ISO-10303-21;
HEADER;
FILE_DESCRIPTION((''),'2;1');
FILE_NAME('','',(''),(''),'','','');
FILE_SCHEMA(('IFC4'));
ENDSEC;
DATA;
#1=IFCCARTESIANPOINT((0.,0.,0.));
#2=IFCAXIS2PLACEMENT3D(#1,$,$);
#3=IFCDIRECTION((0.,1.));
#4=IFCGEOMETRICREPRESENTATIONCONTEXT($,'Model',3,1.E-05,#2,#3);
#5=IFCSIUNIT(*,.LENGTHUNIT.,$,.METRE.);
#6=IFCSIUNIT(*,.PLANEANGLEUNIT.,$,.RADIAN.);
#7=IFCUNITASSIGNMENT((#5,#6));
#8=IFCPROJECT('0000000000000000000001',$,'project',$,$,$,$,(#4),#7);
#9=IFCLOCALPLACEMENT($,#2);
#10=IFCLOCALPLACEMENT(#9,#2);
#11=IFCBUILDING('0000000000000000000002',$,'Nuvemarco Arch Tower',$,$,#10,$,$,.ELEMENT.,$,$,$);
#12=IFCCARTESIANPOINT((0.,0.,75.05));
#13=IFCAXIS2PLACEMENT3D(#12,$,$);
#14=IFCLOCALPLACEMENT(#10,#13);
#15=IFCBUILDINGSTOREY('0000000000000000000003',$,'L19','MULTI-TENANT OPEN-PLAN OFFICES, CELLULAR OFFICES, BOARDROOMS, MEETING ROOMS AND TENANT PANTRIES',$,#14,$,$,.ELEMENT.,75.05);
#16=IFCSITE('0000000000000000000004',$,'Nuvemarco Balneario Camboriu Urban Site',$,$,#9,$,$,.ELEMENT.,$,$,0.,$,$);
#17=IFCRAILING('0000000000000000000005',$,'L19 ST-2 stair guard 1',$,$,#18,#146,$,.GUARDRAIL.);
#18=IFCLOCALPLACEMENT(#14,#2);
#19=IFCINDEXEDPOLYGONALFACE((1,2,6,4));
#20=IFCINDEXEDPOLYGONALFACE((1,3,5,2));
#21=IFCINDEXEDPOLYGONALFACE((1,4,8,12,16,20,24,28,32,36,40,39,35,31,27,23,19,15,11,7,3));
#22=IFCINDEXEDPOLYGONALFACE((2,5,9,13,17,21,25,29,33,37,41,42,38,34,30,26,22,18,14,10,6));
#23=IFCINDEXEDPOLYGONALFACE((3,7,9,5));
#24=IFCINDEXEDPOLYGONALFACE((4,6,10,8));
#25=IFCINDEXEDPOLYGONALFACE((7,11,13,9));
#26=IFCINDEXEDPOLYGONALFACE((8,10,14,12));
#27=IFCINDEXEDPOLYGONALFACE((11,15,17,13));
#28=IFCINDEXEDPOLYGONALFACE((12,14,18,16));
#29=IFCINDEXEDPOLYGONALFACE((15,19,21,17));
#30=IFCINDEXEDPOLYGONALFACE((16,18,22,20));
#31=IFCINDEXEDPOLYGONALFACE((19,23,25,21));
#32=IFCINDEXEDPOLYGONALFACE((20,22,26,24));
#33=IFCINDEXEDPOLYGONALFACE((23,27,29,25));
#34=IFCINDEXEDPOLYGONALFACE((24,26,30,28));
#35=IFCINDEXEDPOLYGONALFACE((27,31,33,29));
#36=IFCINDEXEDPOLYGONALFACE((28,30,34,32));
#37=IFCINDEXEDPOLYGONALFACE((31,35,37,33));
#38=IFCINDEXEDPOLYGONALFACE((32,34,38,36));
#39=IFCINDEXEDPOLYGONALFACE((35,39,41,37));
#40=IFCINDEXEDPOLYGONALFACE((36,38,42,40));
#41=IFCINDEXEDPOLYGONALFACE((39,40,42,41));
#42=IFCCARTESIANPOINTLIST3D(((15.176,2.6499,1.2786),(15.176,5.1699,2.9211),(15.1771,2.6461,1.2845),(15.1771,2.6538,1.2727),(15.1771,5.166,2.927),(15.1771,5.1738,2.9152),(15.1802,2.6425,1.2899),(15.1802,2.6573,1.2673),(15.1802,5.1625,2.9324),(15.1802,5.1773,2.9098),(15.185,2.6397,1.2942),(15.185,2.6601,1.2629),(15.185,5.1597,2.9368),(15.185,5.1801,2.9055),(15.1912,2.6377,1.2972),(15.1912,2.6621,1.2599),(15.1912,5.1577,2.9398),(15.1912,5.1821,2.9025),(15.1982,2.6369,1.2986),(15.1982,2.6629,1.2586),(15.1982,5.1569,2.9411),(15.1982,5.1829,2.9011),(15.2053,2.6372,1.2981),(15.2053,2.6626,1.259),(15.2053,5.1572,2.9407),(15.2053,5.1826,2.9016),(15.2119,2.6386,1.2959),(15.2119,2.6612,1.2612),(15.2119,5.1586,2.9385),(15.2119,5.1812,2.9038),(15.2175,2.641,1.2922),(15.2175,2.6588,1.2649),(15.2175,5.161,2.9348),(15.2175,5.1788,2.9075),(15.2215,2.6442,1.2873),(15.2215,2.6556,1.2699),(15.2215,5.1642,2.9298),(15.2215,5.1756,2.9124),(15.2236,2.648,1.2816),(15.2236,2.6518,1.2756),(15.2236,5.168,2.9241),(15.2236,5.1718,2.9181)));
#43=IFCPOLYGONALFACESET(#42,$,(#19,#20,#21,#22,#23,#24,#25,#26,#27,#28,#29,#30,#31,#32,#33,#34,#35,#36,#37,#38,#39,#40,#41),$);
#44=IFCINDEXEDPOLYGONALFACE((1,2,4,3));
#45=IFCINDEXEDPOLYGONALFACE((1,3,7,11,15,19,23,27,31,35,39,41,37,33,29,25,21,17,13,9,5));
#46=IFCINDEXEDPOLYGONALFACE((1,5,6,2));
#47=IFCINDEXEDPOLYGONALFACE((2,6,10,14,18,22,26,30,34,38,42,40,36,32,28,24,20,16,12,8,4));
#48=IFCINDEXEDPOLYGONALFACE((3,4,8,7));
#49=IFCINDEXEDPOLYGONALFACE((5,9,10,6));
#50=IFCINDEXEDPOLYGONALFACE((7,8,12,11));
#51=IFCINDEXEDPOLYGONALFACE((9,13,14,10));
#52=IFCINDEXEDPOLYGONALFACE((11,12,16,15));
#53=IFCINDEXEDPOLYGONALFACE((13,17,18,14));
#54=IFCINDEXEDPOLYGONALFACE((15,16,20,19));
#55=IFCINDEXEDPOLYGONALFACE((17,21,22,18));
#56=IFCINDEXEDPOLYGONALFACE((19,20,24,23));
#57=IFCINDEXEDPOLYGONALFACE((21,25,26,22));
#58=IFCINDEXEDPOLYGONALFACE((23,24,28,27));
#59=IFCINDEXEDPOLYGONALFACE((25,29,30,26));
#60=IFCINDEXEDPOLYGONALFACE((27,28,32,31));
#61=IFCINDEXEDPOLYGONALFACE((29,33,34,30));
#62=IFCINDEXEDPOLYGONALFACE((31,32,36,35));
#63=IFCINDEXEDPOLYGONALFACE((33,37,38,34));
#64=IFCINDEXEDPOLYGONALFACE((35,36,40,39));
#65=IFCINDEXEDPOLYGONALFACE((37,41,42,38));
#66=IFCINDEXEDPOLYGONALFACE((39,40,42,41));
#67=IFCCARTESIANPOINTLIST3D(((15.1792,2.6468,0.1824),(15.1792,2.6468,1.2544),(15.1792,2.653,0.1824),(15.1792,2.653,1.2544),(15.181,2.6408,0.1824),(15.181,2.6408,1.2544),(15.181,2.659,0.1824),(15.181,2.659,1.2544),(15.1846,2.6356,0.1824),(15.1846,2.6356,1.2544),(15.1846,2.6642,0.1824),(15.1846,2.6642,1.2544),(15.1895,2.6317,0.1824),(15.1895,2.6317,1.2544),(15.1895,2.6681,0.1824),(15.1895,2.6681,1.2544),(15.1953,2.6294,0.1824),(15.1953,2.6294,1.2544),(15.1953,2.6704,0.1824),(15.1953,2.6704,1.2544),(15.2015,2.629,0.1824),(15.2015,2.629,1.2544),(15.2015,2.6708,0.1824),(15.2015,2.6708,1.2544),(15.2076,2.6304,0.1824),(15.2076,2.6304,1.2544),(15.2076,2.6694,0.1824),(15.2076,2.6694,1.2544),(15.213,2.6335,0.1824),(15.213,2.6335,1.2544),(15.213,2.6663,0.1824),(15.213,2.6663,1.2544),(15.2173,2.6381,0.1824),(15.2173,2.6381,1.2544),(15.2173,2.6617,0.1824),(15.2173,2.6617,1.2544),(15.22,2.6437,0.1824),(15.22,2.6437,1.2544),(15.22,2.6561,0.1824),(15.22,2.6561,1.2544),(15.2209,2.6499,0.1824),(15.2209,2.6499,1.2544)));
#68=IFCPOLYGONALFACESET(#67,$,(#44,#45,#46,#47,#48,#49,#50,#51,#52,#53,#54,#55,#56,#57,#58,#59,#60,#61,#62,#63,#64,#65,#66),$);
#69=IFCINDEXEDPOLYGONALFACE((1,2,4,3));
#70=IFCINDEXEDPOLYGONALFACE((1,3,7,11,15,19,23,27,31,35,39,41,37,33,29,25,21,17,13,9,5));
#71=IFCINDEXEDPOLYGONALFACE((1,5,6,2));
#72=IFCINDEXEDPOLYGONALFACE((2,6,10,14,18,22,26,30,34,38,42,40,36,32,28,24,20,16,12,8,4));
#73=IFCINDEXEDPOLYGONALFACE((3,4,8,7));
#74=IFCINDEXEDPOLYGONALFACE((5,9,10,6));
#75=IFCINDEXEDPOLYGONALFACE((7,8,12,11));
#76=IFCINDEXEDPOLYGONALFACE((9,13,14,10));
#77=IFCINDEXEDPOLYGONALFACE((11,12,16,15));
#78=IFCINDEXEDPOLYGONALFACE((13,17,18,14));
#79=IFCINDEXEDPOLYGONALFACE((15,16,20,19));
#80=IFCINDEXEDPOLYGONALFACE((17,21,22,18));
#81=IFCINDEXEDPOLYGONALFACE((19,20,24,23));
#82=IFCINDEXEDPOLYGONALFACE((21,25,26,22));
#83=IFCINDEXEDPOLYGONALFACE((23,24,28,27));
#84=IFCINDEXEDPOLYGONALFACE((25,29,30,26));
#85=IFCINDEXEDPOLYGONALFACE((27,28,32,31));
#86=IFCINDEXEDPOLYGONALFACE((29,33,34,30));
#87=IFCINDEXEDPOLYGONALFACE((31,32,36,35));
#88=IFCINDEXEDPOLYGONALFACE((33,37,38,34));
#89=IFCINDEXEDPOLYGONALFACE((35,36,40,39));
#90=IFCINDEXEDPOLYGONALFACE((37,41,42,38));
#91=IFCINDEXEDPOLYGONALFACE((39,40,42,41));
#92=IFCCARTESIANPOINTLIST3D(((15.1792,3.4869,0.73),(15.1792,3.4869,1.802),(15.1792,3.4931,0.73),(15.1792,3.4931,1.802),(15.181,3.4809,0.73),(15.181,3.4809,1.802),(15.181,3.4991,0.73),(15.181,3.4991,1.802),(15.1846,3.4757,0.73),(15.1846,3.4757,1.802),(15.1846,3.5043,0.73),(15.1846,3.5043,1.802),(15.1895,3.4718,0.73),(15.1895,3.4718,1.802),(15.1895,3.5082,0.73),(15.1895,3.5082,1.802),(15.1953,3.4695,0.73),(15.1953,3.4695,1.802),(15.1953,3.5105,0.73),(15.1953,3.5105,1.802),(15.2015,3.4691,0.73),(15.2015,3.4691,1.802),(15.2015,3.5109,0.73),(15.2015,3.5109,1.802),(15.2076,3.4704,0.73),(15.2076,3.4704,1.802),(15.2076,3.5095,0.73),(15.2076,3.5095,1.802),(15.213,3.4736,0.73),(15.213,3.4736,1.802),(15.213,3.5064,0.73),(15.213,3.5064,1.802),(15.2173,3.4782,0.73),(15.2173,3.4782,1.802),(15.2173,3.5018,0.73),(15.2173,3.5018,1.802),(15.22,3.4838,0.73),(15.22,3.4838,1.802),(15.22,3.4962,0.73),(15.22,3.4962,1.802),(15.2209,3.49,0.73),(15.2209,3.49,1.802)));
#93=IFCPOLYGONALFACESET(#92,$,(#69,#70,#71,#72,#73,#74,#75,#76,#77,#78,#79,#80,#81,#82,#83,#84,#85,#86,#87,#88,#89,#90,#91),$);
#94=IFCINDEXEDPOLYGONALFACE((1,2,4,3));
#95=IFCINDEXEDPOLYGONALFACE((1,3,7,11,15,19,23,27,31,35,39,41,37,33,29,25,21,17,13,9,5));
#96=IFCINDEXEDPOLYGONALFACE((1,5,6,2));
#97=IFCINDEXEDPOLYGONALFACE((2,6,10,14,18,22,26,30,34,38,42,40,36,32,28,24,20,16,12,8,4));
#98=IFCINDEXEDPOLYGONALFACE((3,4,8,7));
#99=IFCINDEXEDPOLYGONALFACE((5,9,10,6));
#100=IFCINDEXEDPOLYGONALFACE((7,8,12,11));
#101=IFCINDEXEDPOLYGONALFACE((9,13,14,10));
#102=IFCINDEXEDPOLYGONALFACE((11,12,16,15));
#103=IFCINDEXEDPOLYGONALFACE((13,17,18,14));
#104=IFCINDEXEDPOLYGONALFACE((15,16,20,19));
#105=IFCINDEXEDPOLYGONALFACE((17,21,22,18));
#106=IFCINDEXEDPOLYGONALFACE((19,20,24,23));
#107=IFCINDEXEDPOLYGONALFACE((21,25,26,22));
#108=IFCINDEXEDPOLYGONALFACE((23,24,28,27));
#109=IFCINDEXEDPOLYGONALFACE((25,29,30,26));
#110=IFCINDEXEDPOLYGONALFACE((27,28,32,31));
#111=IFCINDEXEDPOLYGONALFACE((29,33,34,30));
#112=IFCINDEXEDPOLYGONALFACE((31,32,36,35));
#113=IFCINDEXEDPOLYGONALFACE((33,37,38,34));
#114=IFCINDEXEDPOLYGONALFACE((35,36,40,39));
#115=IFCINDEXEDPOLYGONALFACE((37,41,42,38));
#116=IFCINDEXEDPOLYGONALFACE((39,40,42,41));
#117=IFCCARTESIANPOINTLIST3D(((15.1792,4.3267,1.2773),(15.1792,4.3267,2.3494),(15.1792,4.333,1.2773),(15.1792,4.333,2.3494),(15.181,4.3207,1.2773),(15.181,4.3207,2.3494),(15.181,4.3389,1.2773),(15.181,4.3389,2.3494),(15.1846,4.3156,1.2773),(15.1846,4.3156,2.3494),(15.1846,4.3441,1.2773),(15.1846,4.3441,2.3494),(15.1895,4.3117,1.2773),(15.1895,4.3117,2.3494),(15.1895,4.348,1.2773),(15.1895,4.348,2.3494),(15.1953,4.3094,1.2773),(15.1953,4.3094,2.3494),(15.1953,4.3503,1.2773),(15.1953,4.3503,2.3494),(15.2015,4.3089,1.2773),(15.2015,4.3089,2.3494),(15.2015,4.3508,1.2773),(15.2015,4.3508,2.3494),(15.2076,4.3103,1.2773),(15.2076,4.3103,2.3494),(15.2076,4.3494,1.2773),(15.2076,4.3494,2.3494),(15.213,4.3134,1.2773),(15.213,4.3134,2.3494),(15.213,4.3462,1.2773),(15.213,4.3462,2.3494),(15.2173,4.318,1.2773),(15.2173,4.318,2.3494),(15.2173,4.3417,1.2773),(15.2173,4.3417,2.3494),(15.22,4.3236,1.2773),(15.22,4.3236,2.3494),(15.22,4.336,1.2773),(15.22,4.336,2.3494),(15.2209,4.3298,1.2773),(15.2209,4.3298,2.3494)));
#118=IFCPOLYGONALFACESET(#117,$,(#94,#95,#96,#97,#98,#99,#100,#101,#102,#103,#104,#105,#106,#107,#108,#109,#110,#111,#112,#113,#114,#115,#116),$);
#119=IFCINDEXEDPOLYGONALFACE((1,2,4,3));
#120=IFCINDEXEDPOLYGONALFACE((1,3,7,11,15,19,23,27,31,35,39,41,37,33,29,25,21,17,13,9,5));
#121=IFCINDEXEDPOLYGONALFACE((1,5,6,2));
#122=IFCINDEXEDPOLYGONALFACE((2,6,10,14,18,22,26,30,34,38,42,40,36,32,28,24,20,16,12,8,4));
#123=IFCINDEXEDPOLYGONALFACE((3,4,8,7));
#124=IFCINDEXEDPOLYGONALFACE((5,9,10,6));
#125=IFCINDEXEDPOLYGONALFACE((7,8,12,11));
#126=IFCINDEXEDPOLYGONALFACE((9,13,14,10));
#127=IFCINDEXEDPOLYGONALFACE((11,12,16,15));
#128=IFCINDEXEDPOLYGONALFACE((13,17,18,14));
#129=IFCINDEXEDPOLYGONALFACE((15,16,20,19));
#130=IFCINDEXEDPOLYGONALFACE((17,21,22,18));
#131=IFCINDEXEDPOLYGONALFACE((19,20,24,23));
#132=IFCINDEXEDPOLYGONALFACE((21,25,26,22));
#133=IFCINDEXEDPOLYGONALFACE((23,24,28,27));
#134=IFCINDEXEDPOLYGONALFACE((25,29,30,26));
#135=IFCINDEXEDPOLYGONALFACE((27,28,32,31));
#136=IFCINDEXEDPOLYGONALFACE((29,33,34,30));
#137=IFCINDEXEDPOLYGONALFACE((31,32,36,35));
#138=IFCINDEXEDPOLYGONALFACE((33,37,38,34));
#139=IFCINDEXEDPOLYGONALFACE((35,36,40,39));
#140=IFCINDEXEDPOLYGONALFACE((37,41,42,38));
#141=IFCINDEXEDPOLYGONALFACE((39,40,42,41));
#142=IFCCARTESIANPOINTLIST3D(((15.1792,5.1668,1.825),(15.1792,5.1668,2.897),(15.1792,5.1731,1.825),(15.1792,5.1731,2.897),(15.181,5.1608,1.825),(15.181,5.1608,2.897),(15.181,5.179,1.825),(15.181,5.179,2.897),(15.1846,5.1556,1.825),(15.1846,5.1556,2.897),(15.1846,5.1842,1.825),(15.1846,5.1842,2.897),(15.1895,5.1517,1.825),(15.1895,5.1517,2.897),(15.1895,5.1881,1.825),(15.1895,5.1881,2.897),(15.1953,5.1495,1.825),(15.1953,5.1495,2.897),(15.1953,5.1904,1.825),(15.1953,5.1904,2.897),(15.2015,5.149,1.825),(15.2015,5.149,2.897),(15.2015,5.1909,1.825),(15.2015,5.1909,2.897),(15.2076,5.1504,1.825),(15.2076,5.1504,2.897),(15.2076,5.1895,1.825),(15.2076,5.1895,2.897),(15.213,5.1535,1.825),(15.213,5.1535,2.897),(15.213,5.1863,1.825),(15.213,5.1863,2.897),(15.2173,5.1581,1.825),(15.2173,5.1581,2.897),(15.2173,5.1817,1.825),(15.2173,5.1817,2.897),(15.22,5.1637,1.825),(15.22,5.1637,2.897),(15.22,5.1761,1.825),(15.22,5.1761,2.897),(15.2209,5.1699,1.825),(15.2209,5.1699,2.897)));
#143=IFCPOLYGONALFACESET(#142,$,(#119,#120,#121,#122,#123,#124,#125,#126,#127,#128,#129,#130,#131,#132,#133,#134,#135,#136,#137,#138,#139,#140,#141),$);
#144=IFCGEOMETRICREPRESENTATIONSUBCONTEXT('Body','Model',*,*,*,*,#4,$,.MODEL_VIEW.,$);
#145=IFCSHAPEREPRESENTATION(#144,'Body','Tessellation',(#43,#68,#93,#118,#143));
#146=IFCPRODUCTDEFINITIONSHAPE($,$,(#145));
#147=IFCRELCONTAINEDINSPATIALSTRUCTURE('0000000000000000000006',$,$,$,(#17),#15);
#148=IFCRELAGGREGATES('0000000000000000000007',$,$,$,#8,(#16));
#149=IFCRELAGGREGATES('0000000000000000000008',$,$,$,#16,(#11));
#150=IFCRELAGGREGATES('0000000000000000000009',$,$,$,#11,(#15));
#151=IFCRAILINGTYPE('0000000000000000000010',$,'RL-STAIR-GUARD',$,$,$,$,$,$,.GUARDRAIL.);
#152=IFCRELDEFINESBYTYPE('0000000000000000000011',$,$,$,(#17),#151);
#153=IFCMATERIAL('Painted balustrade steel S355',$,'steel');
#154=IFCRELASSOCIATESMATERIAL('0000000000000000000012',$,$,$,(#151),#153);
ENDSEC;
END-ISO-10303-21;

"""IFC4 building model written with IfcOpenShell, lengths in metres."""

from ifc_helpers import new_model, si_unit, direction, frame, origin, origin_2d, place, context, subcontext, project, spatial, circle, extrude, material, type_object, element, save


model = new_model("IFC4")

# Units and contexts
model_context = context("Model", 3, precision=1e-05, world=origin(), true_north=direction((0.0, 1.0)))
body_context = subcontext(model_context, "Body", "Model", "MODEL_VIEW")
ifc_project = project(units=[si_unit("LENGTHUNIT", "METRE"), si_unit("PLANEANGLEUNIT", "RADIAN")], contexts=[model_context])

# Site, building, storey
site_placement = place(None, origin())
site = spatial("IfcSite", under=ifc_project, at=site_placement, Name="Nuvemarco Balneario Camboriu Urban Site", CompositionType="ELEMENT", RefElevation=0.0)
building_placement = place(site_placement, origin())
building = spatial("IfcBuilding", under=site, at=building_placement, Name="Nuvemarco Arch Tower", CompositionType="ELEMENT")
storey_placement = place(building_placement, frame((0.0, 0.0, 75.05)))
storey = spatial("IfcBuildingStorey", under=building, at=storey_placement, Name="L19", Description="MULTI-TENANT OPEN-PLAN OFFICES, CELLULAR OFFICES, BOARDROOMS, MEETING ROOMS AND TENANT PANTRIES", CompositionType="ELEMENT", Elevation=75.05)

# Railing
ifc_material_1 = material(Name="Painted balustrade steel S355", Category="steel")
railing_type_1 = type_object("IfcRailingType", Name="RL-STAIR-GUARD", PredefinedType="GUARDRAIL", material=ifc_material_1)
railing_1_placement = place(storey_placement, frame((15.2, 2.6499, 0.1824)))
element("IfcRailing", 1, at=railing_1_placement, inside=storey, type_object=railing_type_1, Name="L19 ST-2 stair guard 1", PredefinedType="GUARDRAIL", context=body_context, shape_type="SweptSolid", body=[
    extrude(circle(Radius=0.0239, at=origin_2d()), frame((0.0, 0.0, 1.0962), z_axis=(0.0, 0.837749, 0.546055), x_axis=(-1.0, 0.0, 0.0)), (0.0, 0.0, 1.0), 3.0081),
    extrude(circle(Radius=0.021, at=origin_2d()), origin(), (0.0, 0.0, 1.0), 1.072),
    extrude(circle(Radius=0.021, at=origin_2d()), frame((0.0, 0.8401, 0.5476)), (0.0, 0.0, 1.0), 1.072),
    extrude(circle(Radius=0.021, at=origin_2d()), frame((0.0, 1.6799, 1.095)), (0.0, 0.0, 1.0), 1.072),
    extrude(circle(Radius=0.021, at=origin_2d()), frame((0.0, 2.52, 1.6426)), (0.0, 0.0, 1.0), 1.072),
])

save(model, "model.ifc")
